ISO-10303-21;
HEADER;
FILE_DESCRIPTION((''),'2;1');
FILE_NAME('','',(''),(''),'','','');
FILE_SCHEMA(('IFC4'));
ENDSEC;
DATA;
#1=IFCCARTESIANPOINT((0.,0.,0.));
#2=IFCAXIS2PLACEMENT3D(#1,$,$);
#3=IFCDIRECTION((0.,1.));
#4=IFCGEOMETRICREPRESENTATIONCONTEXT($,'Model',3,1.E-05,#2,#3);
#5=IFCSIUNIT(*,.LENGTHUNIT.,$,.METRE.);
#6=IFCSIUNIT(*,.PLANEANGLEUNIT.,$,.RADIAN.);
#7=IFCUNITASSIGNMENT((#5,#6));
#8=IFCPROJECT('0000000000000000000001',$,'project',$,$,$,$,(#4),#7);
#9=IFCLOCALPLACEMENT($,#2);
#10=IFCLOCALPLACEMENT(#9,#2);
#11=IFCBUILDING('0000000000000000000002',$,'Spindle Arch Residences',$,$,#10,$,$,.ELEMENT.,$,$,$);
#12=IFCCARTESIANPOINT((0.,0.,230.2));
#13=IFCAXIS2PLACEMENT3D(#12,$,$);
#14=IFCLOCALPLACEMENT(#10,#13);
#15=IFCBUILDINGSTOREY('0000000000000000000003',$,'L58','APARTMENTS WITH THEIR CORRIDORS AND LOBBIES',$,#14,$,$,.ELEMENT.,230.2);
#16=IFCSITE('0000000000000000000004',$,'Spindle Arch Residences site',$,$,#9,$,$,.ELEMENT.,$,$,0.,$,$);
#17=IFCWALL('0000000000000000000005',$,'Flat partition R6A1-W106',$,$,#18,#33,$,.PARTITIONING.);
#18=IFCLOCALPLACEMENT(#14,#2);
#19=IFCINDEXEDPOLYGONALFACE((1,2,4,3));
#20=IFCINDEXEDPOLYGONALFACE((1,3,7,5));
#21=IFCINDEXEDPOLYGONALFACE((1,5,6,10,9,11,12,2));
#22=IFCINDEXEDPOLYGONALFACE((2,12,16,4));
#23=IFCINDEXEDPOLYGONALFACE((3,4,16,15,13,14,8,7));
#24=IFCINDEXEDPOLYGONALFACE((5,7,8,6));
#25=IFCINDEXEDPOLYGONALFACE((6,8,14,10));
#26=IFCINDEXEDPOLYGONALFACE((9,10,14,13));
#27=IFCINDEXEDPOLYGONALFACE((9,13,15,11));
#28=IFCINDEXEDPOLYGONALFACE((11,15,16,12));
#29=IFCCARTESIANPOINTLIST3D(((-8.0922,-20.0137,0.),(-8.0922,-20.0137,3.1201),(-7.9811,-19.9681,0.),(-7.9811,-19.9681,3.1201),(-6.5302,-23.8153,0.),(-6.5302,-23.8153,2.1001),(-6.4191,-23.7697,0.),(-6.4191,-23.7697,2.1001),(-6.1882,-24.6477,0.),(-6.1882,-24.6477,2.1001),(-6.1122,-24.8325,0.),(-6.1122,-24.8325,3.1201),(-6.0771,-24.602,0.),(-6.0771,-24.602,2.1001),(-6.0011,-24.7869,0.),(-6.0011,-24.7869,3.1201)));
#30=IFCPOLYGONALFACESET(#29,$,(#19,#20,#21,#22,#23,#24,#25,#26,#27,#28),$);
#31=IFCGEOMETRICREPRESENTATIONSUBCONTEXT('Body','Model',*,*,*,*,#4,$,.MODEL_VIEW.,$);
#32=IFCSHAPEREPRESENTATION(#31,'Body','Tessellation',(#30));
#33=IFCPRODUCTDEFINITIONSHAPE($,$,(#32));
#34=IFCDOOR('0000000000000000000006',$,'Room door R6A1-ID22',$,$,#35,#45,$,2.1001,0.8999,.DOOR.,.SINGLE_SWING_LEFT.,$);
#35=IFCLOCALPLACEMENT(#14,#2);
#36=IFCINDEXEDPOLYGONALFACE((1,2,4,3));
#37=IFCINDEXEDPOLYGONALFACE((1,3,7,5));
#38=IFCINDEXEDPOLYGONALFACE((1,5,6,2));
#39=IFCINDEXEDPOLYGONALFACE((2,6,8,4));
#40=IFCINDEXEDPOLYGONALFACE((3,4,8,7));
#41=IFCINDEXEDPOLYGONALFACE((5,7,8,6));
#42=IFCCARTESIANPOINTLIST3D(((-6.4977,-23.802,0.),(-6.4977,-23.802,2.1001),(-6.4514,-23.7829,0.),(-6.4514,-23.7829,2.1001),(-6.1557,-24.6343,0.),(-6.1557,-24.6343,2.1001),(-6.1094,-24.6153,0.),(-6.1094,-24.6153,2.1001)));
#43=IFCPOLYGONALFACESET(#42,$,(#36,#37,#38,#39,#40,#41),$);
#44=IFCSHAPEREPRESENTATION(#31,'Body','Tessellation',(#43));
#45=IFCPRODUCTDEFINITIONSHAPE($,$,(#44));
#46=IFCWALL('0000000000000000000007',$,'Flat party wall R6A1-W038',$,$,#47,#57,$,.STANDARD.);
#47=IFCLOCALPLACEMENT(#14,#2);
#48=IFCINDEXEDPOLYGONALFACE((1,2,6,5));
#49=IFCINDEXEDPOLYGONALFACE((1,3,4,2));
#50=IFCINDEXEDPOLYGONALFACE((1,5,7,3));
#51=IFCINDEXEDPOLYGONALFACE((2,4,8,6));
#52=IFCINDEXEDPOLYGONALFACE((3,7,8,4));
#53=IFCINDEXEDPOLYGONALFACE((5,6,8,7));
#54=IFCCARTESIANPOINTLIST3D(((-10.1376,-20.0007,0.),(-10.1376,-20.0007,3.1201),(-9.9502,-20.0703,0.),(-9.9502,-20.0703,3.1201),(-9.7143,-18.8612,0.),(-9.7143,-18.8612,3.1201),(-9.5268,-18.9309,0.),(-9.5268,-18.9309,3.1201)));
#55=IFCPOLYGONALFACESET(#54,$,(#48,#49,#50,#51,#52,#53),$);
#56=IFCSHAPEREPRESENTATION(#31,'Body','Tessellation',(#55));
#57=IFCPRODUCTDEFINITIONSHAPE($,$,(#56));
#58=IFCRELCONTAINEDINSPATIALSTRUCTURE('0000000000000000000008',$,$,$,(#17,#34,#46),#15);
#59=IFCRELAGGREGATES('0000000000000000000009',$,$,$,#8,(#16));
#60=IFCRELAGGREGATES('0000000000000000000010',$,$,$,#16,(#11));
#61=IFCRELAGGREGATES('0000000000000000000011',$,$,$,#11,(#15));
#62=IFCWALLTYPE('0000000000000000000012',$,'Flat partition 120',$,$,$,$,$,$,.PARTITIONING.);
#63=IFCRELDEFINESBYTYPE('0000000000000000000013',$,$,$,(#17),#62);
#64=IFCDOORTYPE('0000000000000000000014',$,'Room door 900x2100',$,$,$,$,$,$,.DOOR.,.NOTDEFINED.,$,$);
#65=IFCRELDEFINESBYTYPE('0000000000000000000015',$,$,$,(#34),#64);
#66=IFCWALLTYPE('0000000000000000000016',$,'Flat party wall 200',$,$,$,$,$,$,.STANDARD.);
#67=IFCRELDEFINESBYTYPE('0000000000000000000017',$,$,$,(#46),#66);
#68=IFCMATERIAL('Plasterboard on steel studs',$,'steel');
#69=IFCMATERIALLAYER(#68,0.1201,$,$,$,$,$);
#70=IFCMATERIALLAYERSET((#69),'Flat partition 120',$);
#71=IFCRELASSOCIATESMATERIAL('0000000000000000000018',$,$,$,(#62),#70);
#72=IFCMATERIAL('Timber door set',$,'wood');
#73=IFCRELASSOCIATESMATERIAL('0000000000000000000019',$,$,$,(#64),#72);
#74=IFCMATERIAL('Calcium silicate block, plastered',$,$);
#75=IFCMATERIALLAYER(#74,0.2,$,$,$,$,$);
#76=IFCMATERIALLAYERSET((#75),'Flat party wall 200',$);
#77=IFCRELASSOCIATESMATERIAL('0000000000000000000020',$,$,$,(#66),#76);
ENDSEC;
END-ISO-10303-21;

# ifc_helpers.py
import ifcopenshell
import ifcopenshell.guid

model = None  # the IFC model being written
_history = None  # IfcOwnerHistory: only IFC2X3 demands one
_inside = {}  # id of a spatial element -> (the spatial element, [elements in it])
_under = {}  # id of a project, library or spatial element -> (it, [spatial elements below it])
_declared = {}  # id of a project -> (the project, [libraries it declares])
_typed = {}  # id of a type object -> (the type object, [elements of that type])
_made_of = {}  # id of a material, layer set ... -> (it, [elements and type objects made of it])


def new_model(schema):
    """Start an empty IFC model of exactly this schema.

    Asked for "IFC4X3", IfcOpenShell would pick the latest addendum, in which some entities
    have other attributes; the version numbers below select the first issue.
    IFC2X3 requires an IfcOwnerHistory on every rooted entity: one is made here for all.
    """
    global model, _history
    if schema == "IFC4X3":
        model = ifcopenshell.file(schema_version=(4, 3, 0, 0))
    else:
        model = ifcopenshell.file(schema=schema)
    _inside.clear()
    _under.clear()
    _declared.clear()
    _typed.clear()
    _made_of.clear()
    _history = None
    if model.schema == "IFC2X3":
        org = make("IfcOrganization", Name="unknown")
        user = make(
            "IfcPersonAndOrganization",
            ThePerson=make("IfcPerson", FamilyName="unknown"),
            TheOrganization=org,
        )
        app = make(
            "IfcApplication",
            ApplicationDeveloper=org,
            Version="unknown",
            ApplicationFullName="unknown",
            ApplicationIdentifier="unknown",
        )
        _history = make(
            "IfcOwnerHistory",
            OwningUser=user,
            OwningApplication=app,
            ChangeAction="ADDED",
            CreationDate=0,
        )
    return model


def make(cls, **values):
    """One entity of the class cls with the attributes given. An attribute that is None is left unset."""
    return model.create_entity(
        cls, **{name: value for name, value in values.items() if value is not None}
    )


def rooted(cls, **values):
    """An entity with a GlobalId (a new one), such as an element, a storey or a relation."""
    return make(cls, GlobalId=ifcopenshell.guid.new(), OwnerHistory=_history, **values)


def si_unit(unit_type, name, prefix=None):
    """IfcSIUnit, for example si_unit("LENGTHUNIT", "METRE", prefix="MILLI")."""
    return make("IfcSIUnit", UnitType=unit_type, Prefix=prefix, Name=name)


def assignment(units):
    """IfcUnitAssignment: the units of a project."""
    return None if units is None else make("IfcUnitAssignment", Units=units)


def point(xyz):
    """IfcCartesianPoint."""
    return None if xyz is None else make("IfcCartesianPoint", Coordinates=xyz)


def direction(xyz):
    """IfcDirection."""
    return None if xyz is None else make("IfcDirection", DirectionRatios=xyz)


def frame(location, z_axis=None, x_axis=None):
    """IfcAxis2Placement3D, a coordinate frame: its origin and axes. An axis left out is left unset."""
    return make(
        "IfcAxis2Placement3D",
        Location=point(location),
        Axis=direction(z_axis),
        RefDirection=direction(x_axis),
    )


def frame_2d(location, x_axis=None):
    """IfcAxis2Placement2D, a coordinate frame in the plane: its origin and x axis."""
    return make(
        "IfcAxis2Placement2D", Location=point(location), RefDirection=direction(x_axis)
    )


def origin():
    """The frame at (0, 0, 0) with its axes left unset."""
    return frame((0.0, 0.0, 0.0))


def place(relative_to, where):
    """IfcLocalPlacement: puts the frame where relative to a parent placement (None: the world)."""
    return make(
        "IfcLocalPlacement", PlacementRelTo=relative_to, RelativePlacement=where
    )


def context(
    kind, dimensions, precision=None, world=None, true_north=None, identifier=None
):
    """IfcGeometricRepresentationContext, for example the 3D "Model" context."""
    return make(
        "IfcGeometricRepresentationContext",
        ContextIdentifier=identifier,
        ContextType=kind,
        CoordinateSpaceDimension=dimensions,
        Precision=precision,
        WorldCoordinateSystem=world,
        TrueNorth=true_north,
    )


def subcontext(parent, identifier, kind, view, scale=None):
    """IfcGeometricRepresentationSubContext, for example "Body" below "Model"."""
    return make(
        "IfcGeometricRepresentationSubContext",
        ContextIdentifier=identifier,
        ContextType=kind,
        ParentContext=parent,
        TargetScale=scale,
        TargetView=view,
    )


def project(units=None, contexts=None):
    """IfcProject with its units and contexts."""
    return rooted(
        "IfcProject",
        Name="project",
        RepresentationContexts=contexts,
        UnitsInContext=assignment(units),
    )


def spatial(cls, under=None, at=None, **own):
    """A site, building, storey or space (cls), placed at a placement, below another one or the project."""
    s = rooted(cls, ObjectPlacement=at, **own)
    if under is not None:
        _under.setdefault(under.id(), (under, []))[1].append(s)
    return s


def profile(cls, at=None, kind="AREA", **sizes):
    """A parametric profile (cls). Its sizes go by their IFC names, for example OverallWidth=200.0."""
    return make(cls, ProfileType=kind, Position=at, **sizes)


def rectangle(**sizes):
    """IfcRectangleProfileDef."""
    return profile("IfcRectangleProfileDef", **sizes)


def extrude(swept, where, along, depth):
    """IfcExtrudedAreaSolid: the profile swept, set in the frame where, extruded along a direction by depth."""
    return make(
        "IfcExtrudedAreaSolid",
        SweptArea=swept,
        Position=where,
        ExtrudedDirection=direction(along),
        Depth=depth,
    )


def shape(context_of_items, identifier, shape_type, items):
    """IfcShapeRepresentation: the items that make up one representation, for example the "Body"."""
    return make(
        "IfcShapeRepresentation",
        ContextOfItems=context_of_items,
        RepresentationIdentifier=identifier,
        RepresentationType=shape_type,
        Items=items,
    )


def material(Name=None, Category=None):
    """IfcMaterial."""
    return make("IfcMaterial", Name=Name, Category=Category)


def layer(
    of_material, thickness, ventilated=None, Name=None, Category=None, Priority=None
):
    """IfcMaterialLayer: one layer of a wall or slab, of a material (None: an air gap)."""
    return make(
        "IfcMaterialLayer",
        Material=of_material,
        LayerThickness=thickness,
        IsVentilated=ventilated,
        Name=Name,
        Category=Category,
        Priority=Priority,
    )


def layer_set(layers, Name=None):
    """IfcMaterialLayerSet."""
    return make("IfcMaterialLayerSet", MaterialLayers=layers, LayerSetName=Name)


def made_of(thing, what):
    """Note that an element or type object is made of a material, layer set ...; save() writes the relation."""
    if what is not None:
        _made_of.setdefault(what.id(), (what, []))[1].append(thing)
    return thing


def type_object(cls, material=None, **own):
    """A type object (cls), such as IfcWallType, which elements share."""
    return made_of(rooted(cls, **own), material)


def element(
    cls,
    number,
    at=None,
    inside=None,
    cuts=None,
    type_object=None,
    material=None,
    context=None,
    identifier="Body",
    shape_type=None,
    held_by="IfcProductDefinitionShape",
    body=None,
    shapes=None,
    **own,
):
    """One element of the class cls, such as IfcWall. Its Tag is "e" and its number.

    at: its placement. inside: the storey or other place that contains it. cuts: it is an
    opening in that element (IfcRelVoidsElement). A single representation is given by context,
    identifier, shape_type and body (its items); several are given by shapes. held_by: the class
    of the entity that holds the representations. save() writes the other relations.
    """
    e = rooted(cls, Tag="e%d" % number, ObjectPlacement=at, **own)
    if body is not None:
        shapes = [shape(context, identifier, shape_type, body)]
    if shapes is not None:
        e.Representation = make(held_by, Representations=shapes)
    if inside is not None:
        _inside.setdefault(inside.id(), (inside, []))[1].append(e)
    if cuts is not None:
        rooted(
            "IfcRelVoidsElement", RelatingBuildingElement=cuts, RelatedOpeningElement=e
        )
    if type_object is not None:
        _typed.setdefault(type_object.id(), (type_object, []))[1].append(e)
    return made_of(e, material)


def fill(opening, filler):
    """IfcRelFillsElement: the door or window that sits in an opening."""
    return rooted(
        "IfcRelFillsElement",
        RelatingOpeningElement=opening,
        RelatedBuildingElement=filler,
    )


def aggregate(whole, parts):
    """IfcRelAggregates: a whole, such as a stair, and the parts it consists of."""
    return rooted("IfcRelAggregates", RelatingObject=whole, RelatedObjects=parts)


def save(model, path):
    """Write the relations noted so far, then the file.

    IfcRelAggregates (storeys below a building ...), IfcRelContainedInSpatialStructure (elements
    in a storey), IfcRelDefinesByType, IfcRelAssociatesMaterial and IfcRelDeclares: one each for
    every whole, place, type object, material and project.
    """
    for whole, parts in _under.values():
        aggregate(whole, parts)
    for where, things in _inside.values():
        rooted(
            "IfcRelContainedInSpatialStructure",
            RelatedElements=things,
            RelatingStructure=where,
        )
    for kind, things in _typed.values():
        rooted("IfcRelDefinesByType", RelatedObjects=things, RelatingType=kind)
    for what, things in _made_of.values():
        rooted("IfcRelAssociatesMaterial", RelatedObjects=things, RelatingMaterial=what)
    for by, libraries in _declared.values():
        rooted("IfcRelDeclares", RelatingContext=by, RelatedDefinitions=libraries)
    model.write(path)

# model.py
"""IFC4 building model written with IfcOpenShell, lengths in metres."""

from ifc_helpers import new_model, si_unit, direction, frame, frame_2d, origin, place, context, subcontext, project, spatial, rectangle, extrude, material, layer, layer_set, type_object, element, fill, save


model = new_model("IFC4")

# Units and contexts
model_context = context("Model", 3, precision=1e-05, world=origin(), true_north=direction((0.0, 1.0)))
body_context = subcontext(model_context, "Body", "Model", "MODEL_VIEW")
ifc_project = project(units=[si_unit("LENGTHUNIT", "METRE"), si_unit("PLANEANGLEUNIT", "RADIAN")], contexts=[model_context])

# Site, building, storey
site_placement = place(None, origin())
site = spatial("IfcSite", under=ifc_project, at=site_placement, Name="Spindle Arch Residences site", CompositionType="ELEMENT", RefElevation=0.0)
building_placement = place(site_placement, origin())
building = spatial("IfcBuilding", under=site, at=building_placement, Name="Spindle Arch Residences", CompositionType="ELEMENT")
storey_placement = place(building_placement, frame((0.0, 0.0, 230.2)))
storey = spatial("IfcBuildingStorey", under=building, at=storey_placement, Name="L58", Description="APARTMENTS WITH THEIR CORRIDORS AND LOBBIES", CompositionType="ELEMENT", Elevation=230.2)

# Shared definitions
ifc_material_1 = material(Name="Plasterboard on steel studs", Category="steel")
ifc_layer_1 = layer(ifc_material_1, 0.1201)
ifc_layer_set_1 = layer_set([ifc_layer_1], Name="Flat partition 120")
wall_type_1 = type_object("IfcWallType", Name="Flat partition 120", PredefinedType="PARTITIONING", material=ifc_layer_set_1)

# Shared definitions
ifc_material_2 = material(Name="Timber door set", Category="wood")
door_type_1 = type_object("IfcDoorType", Name="Room door 900x2100", OperationType="NOTDEFINED", PredefinedType="DOOR", material=ifc_material_2)

# Wall, opening, door
wall_1_placement = place(storey_placement, frame((-6.0566, -24.8098, 0.0), z_axis=(0.0, 0.0, 1.0), x_axis=(-0.380052, 0.924965, 0.0)))
wall_1 = element("IfcWall", 1, at=wall_1_placement, inside=storey, type_object=wall_type_1, Name="Flat partition R6A1-W106", PredefinedType="PARTITIONING", context=body_context, shape_type="SweptSolid", body=[
    extrude(rectangle(XDim=5.2097, YDim=0.1201, at=frame_2d((2.605, 0.0))), origin(), (0.0, 0.0, 1.0), 3.1201),
])
opening_1_placement = place(wall_1_placement, frame((0.2, 0.0, 0.0)))
opening_1 = element("IfcOpeningElement", 2, at=opening_1_placement, cuts=wall_1, PredefinedType="OPENING", context=body_context, shape_type="SweptSolid", body=[
    extrude(rectangle(XDim=0.8999, YDim=2.1001, at=frame_2d((0.45, 1.05))), frame((0.0, 0.0701, 0.0), z_axis=(0.0, -1.0, 0.0), x_axis=(1.0, 0.0, 0.0)), (0.0, 0.0, 1.0), 0.1401),
])
door_1_placement = place(opening_1_placement, origin())
door_1 = element("IfcDoor", 3, at=door_1_placement, inside=storey, type_object=door_type_1, Name="Room door R6A1-ID22", OperationType="SINGLE_SWING_LEFT", OverallHeight=2.1001, OverallWidth=0.8999, PredefinedType="DOOR", context=body_context, shape_type="SweptSolid", body=[
    extrude(rectangle(XDim=0.8999, YDim=2.1001, at=frame_2d((0.45, 1.05))), frame((0.0, 0.0249, 0.0), z_axis=(0.0, -1.0, 0.0), x_axis=(1.0, 0.0, 0.0)), (0.0, 0.0, 1.0), 0.05),
])
fill(opening_1, door_1)

# Wall
ifc_material_3 = material(Name="Calcium silicate block, plastered")
ifc_layer_2 = layer(ifc_material_3, 0.2)
ifc_layer_set_2 = layer_set([ifc_layer_2], Name="Flat party wall 200")
wall_type_2 = type_object("IfcWallType", Name="Flat party wall 200", PredefinedType="STANDARD", material=ifc_layer_set_2)
wall_2_placement = place(storey_placement, frame((-10.0439, -20.0356, 0.0), z_axis=(0.0, 0.0, 1.0), x_axis=(0.348282, 0.93739, 0.0)))
element("IfcWall", 4, at=wall_2_placement, inside=storey, type_object=wall_type_2, Name="Flat party wall R6A1-W038", PredefinedType="STANDARD", context=body_context, shape_type="SweptSolid", body=[
    extrude(rectangle(XDim=1.2156, YDim=0.2, at=frame_2d((0.6079, 0.0))), origin(), (0.0, 0.0, 1.0), 3.1201),
])

save(model, "model.ifc")
